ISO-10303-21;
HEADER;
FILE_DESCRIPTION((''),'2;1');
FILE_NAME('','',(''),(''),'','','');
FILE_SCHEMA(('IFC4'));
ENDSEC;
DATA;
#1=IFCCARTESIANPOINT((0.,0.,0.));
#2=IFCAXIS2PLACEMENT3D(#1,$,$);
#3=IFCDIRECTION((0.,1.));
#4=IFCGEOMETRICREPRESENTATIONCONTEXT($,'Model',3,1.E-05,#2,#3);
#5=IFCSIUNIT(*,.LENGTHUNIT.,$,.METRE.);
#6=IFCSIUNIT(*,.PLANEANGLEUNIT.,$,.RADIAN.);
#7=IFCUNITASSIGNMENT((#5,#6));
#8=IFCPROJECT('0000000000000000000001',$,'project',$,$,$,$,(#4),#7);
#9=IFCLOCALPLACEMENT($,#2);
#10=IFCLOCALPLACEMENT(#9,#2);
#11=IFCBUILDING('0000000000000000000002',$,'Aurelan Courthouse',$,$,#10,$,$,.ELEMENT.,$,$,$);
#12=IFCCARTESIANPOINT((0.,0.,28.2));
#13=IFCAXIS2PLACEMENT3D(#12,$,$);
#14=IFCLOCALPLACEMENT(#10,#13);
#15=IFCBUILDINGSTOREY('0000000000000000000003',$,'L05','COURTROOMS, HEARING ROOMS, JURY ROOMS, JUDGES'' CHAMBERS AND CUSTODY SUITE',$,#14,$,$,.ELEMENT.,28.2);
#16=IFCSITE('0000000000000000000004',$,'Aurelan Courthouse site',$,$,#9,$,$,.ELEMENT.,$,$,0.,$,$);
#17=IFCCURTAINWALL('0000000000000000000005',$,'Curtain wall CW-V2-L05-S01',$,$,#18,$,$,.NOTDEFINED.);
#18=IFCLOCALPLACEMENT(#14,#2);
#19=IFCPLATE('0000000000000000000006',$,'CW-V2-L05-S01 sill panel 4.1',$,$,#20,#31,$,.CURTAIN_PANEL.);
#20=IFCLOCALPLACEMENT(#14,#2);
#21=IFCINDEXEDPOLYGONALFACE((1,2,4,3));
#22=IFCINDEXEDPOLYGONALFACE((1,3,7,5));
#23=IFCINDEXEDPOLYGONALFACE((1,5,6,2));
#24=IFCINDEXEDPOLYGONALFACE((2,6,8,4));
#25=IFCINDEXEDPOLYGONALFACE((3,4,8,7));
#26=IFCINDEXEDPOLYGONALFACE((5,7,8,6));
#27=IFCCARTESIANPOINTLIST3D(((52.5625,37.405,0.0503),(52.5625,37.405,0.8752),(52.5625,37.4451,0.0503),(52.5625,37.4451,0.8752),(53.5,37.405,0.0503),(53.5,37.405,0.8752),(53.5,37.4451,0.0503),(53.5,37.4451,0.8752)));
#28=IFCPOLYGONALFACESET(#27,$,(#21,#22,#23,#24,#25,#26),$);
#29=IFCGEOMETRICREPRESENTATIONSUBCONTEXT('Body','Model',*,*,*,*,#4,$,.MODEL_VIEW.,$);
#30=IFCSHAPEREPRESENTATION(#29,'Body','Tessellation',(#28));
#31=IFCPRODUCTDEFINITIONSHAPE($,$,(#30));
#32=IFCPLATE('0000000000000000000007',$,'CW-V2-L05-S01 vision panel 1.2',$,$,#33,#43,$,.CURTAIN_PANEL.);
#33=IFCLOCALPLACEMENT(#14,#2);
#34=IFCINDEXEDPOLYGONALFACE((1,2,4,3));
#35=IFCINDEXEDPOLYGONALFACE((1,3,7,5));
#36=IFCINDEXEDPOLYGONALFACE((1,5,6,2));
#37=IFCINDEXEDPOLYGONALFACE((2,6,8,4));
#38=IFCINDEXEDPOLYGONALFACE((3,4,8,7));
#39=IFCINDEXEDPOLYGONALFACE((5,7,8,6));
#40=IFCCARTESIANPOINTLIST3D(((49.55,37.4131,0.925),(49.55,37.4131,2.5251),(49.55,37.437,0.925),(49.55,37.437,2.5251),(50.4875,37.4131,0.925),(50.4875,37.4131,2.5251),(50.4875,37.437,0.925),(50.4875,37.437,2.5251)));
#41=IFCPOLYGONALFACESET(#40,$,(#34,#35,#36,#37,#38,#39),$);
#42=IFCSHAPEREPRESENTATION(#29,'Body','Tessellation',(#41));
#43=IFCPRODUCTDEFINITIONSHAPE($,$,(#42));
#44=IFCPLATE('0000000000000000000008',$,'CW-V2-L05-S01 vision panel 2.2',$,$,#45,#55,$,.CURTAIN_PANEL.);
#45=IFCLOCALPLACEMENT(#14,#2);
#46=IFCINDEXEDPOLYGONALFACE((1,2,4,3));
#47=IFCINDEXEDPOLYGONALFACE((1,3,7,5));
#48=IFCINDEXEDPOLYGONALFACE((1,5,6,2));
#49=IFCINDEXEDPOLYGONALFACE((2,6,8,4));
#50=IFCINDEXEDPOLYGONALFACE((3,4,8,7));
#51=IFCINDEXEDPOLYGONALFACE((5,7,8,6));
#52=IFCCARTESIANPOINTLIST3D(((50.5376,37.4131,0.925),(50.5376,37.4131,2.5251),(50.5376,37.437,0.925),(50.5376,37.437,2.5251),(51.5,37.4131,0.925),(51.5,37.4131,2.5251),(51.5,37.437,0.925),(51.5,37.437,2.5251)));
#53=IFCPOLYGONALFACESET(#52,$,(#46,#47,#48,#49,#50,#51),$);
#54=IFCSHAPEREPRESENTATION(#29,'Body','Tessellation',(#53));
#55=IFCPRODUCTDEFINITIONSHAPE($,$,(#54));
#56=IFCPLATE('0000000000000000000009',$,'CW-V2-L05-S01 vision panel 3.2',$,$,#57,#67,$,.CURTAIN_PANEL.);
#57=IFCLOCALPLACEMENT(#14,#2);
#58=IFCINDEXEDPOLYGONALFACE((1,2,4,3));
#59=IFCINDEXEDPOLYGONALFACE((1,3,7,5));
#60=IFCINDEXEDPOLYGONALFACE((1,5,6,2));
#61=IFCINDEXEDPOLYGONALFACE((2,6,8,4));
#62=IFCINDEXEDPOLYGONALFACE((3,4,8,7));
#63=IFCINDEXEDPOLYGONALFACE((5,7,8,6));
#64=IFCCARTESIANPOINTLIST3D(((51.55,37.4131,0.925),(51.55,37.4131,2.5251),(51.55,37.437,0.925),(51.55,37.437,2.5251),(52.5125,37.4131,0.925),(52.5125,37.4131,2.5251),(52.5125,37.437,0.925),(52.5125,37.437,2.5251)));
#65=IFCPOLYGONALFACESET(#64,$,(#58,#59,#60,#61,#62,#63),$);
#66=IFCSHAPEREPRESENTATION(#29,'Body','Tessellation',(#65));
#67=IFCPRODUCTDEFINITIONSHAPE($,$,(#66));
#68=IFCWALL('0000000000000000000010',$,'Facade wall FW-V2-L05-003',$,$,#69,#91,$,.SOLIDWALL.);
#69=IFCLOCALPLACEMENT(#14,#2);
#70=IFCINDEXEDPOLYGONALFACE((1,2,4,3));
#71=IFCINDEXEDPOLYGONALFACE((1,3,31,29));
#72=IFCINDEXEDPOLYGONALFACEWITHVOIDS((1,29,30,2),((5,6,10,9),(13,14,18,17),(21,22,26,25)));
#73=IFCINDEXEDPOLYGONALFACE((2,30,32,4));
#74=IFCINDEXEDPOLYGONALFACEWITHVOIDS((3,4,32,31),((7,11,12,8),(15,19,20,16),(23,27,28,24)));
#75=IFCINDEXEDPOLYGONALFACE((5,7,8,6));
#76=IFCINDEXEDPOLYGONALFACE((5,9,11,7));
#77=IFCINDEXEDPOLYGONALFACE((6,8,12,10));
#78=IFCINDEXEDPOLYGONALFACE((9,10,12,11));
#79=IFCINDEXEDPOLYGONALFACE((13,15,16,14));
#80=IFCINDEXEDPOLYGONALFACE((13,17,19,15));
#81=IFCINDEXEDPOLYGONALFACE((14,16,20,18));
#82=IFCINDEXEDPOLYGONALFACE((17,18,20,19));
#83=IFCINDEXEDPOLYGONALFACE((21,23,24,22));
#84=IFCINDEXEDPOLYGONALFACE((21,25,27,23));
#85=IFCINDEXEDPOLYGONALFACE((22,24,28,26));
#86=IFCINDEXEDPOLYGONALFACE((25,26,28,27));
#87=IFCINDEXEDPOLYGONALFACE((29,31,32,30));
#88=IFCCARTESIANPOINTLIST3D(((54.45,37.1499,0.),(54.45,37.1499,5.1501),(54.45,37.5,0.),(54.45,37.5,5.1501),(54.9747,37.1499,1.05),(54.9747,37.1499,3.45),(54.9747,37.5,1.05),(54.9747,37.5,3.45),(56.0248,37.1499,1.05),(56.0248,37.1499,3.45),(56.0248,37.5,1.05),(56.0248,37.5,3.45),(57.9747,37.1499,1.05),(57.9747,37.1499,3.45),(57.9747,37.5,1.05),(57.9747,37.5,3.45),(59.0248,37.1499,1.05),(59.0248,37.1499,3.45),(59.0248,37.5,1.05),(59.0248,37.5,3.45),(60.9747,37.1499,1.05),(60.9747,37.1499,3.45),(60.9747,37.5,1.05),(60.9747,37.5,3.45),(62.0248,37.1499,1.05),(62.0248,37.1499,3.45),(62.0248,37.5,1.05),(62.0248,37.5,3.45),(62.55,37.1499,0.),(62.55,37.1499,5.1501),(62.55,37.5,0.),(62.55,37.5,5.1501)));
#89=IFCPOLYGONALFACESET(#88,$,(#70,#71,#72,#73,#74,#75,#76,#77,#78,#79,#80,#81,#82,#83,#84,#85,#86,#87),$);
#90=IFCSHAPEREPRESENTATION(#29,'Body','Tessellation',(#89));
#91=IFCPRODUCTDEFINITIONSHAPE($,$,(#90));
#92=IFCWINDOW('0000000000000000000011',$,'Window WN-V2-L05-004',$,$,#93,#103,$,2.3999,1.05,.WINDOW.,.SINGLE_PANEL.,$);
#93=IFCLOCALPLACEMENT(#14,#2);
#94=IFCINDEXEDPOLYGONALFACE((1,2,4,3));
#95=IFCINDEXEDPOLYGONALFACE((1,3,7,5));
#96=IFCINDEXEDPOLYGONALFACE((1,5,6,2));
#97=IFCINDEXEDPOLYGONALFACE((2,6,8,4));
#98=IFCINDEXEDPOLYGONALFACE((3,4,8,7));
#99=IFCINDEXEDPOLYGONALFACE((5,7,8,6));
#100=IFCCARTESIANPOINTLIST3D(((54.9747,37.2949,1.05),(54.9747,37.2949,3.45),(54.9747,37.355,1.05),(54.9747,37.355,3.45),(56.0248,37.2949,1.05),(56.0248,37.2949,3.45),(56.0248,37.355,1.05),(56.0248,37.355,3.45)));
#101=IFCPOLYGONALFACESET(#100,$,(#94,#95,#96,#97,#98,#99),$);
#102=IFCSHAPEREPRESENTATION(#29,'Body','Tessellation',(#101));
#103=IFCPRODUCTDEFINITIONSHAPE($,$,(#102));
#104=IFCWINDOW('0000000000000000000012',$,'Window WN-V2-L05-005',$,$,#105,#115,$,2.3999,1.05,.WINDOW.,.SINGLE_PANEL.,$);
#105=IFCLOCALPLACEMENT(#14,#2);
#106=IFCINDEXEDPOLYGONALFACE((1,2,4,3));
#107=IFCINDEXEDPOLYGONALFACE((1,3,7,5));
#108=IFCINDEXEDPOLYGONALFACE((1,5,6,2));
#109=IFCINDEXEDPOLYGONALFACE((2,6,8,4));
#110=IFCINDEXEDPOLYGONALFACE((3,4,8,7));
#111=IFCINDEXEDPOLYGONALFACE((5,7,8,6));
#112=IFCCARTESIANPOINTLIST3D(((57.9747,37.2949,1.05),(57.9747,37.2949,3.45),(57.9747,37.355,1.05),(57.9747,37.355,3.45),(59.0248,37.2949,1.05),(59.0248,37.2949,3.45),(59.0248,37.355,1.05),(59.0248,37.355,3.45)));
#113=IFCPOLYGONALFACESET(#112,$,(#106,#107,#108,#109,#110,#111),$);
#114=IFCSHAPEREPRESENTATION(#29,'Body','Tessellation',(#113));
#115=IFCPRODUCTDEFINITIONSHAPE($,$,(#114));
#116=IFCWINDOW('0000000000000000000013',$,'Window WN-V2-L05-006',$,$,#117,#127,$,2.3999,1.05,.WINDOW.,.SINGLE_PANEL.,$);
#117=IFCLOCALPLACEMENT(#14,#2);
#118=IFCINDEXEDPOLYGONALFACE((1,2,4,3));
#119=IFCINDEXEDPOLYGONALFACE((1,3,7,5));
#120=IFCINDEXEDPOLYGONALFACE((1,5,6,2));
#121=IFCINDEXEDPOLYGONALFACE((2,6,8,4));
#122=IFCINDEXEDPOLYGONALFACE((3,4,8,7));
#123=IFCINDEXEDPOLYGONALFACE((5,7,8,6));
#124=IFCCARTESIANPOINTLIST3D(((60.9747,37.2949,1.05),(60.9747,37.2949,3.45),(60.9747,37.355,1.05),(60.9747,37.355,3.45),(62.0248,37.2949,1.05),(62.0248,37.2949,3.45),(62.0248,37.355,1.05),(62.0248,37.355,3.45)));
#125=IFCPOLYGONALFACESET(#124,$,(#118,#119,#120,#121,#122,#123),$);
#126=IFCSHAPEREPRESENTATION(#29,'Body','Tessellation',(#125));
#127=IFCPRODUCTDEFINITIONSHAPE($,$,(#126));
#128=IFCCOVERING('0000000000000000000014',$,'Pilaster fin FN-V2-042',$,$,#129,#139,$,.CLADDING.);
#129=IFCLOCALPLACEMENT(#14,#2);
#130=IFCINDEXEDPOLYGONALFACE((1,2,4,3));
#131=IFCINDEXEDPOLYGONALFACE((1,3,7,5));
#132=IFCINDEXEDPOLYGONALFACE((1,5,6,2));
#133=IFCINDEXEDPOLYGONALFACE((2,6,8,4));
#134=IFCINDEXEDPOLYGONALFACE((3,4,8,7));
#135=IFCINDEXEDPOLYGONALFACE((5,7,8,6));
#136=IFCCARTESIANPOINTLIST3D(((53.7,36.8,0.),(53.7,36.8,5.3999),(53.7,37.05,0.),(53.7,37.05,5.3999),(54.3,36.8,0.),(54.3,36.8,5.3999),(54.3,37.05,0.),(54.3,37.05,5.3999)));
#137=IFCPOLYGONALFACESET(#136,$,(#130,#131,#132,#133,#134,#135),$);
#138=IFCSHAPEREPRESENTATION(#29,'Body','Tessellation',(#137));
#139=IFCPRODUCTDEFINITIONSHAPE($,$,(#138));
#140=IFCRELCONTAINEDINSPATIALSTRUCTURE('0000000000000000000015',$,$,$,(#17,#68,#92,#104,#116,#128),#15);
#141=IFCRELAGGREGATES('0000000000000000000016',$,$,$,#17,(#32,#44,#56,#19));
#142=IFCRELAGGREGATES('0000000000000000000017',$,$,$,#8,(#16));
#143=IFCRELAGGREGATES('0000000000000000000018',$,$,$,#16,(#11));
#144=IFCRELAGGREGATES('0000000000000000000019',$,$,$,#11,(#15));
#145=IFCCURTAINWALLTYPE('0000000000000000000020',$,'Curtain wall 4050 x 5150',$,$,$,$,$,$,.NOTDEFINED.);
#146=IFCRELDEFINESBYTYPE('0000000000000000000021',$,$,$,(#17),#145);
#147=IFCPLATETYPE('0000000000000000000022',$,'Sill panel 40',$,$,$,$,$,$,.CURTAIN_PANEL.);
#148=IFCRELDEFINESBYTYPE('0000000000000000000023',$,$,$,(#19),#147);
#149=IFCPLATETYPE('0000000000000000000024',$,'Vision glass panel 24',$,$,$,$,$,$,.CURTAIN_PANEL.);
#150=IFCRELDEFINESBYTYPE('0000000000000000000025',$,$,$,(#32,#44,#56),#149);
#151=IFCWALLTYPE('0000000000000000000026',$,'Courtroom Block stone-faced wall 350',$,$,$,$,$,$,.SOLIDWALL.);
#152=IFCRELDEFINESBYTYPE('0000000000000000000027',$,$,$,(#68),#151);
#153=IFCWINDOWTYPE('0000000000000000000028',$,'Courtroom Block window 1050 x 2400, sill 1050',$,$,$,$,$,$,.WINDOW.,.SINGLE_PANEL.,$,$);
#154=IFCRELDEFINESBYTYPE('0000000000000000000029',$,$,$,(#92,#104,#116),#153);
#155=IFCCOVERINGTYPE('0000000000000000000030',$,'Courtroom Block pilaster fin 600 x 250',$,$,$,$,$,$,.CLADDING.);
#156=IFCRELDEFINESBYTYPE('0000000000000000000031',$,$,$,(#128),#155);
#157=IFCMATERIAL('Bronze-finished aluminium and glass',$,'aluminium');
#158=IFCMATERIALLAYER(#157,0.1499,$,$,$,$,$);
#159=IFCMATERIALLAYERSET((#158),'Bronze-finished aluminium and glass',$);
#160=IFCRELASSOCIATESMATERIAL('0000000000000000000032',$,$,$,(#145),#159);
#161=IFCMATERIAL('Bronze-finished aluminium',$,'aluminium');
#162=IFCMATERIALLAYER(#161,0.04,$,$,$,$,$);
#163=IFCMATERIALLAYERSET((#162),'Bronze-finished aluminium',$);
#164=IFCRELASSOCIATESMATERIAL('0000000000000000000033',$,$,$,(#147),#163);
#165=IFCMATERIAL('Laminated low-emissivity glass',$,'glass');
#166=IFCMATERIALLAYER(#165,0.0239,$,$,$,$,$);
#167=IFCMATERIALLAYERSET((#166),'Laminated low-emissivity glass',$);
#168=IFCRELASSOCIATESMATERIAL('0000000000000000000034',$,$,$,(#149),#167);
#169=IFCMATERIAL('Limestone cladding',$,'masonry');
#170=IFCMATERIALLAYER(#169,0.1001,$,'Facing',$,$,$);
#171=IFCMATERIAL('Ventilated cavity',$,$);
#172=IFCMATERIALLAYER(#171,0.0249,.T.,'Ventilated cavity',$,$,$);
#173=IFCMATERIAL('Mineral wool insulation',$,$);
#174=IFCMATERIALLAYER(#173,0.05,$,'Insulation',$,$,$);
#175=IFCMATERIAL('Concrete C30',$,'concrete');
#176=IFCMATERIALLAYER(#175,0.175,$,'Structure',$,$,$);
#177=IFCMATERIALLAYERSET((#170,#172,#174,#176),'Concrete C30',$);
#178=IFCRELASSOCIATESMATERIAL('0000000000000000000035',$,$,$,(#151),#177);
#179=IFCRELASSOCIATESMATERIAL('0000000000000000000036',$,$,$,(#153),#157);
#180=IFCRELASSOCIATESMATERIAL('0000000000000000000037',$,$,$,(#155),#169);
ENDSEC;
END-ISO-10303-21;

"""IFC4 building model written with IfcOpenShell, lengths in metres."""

from ifc_helpers import new_model, si_unit, direction, frame, frame_2d, origin, origin_2d, place, context, subcontext, project, spatial, rectangle, extrude, material, layer, layer_set, type_object, element, fill, aggregate, save


model = new_model("IFC4")

# Units and contexts
model_context = context("Model", 3, precision=1e-05, world=origin(), true_north=direction((0.0, 1.0)))
body_context = subcontext(model_context, "Body", "Model", "MODEL_VIEW")
ifc_project = project(units=[si_unit("LENGTHUNIT", "METRE"), si_unit("PLANEANGLEUNIT", "RADIAN")], contexts=[model_context])

# Site, building, storey
site_placement = place(None, origin())
site = spatial("IfcSite", under=ifc_project, at=site_placement, Name="Aurelan Courthouse site", CompositionType="ELEMENT", RefElevation=0.0)
building_placement = place(site_placement, origin())
building = spatial("IfcBuilding", under=site, at=building_placement, Name="Aurelan Courthouse", CompositionType="ELEMENT")
storey_placement = place(building_placement, frame((0.0, 0.0, 28.2)))
storey = spatial("IfcBuildingStorey", under=building, at=storey_placement, Name="L05", Description="COURTROOMS, HEARING ROOMS, JURY ROOMS, JUDGES' CHAMBERS AND CUSTODY SUITE", CompositionType="ELEMENT", Elevation=28.2)

# Curtain wall, plates
ifc_material_1 = material(Name="Bronze-finished aluminium and glass", Category="aluminium")
ifc_layer_1 = layer(ifc_material_1, 0.1499)
ifc_layer_set_1 = layer_set([ifc_layer_1], Name="Bronze-finished aluminium and glass")
curtain_wall_type = type_object("IfcCurtainWallType", Name="Curtain wall 4050 x 5150", PredefinedType="NOTDEFINED", material=ifc_layer_set_1)
curtain_wall_placement = place(storey_placement, origin())
curtain_wall = element("IfcCurtainWall", 1, at=curtain_wall_placement, inside=storey, type_object=curtain_wall_type, Name="Curtain wall CW-V2-L05-S01", PredefinedType="NOTDEFINED")
ifc_material_2 = material(Name="Bronze-finished aluminium", Category="aluminium")
ifc_layer_2 = layer(ifc_material_2, 0.04)
ifc_layer_set_2 = layer_set([ifc_layer_2], Name="Bronze-finished aluminium")
plate_type_1 = type_object("IfcPlateType", Name="Sill panel 40", PredefinedType="CURTAIN_PANEL", material=ifc_layer_set_2)
plate_1_placement = place(storey_placement, frame((53.0312, 37.425, 0.0503), z_axis=(0.0, 0.0, 1.0), x_axis=(1.0, 0.0, 0.0)))
plate_1 = element("IfcPlate", 2, at=plate_1_placement, type_object=plate_type_1, Name="CW-V2-L05-S01 sill panel 4.1", PredefinedType="CURTAIN_PANEL", context=body_context, shape_type="SweptSolid", body=[
    extrude(rectangle(XDim=0.9375, YDim=0.04, at=origin_2d()), origin(), (0.0, 0.0, 1.0), 0.825),
])
ifc_material_3 = material(Name="Laminated low-emissivity glass", Category="glass")
ifc_layer_3 = layer(ifc_material_3, 0.0239)
ifc_layer_set_3 = layer_set([ifc_layer_3], Name="Laminated low-emissivity glass")
plate_type_2 = type_object("IfcPlateType", Name="Vision glass panel 24", PredefinedType="CURTAIN_PANEL", material=ifc_layer_set_3)
plate_2_placement = place(storey_placement, frame((50.0188, 37.425, 0.925), z_axis=(0.0, 0.0, 1.0), x_axis=(1.0, 0.0, 0.0)))
plate_2 = element("IfcPlate", 3, at=plate_2_placement, type_object=plate_type_2, Name="CW-V2-L05-S01 vision panel 1.2", PredefinedType="CURTAIN_PANEL", context=body_context, shape_type="SweptSolid", body=[
    extrude(rectangle(XDim=0.9375, YDim=0.0239, at=origin_2d()), origin(), (0.0, 0.0, 1.0), 1.6001),
])
plate_3_placement = place(storey_placement, frame((51.0188, 37.425, 0.925), z_axis=(0.0, 0.0, 1.0), x_axis=(1.0, 0.0, 0.0)))
plate_3 = element("IfcPlate", 4, at=plate_3_placement, type_object=plate_type_2, Name="CW-V2-L05-S01 vision panel 2.2", PredefinedType="CURTAIN_PANEL", context=body_context, shape_type="SweptSolid", body=[
    extrude(rectangle(XDim=0.9624, YDim=0.0239, at=origin_2d()), origin(), (0.0, 0.0, 1.0), 1.6001),
])
plate_4_placement = place(storey_placement, frame((52.0312, 37.425, 0.925), z_axis=(0.0, 0.0, 1.0), x_axis=(1.0, 0.0, 0.0)))
plate_4 = element("IfcPlate", 5, at=plate_4_placement, type_object=plate_type_2, Name="CW-V2-L05-S01 vision panel 3.2", PredefinedType="CURTAIN_PANEL", context=body_context, shape_type="SweptSolid", body=[
    extrude(rectangle(XDim=0.9624, YDim=0.0239, at=origin_2d()), origin(), (0.0, 0.0, 1.0), 1.6001),
])
aggregate(curtain_wall, [plate_2, plate_3, plate_4, plate_1])

# Wall, openings, windows
ifc_material_4 = material(Name="Limestone cladding", Category="masonry")
ifc_layer_4 = layer(ifc_material_4, 0.1001, Name="Facing")
ifc_material_5 = material(Name="Ventilated cavity")
ifc_layer_5 = layer(ifc_material_5, 0.0249, ventilated=True, Name="Ventilated cavity")
ifc_material_6 = material(Name="Mineral wool insulation")
ifc_layer_6 = layer(ifc_material_6, 0.05, Name="Insulation")
ifc_material_7 = material(Name="Concrete C30", Category="concrete")
ifc_layer_7 = layer(ifc_material_7, 0.175, Name="Structure")
ifc_layer_set_4 = layer_set([ifc_layer_4, ifc_layer_5, ifc_layer_6, ifc_layer_7], Name="Concrete C30")
wall_type = type_object("IfcWallType", Name="Courtroom Block stone-faced wall 350", PredefinedType="SOLIDWALL", material=ifc_layer_set_4)
wall_placement = place(storey_placement, frame((54.45, 37.325, 0.0), z_axis=(0.0, 0.0, 1.0), x_axis=(1.0, 0.0, 0.0)))
wall = element("IfcWall", 6, at=wall_placement, inside=storey, type_object=wall_type, Name="Facade wall FW-V2-L05-003", PredefinedType="SOLIDWALL", context=body_context, shape_type="SweptSolid", body=[
    extrude(rectangle(XDim=8.1001, YDim=0.3501, at=frame_2d((4.05, 0.0))), origin(), (0.0, 0.0, 1.0), 5.1501),
])
opening_1_placement = place(wall_placement, frame((0.5249, 0.0, 1.05)))
opening_1 = element("IfcOpeningElement", 7, at=opening_1_placement, cuts=wall, PredefinedType="OPENING", context=body_context, shape_type="SweptSolid", body=[
    extrude(rectangle(XDim=1.05, YDim=2.3999, at=frame_2d((0.5249, 1.2))), frame((0.0, 0.1851, 0.0), z_axis=(0.0, -1.0, 0.0), x_axis=(1.0, 0.0, 0.0)), (0.0, 0.0, 1.0), 0.3701),
])
opening_2_placement = place(wall_placement, frame((3.5249, 0.0, 1.05)))
opening_2 = element("IfcOpeningElement", 8, at=opening_2_placement, cuts=wall, PredefinedType="OPENING", context=body_context, shape_type="SweptSolid", body=[
    extrude(rectangle(XDim=1.05, YDim=2.3999, at=frame_2d((0.5249, 1.2))), frame((0.0, 0.1851, 0.0), z_axis=(0.0, -1.0, 0.0), x_axis=(1.0, 0.0, 0.0)), (0.0, 0.0, 1.0), 0.3701),
])
opening_3_placement = place(wall_placement, frame((6.5249, 0.0, 1.05)))
opening_3 = element("IfcOpeningElement", 9, at=opening_3_placement, cuts=wall, PredefinedType="OPENING", context=body_context, shape_type="SweptSolid", body=[
    extrude(rectangle(XDim=1.05, YDim=2.3999, at=frame_2d((0.5249, 1.2))), frame((0.0, 0.1851, 0.0), z_axis=(0.0, -1.0, 0.0), x_axis=(1.0, 0.0, 0.0)), (0.0, 0.0, 1.0), 0.3701),
])
window_type = type_object("IfcWindowType", Name="Courtroom Block window 1050 x 2400, sill 1050", PartitioningType="SINGLE_PANEL", PredefinedType="WINDOW", material=ifc_material_1)
window_1_placement = place(opening_1_placement, origin())
window_1 = element("IfcWindow", 10, at=window_1_placement, inside=storey, type_object=window_type, Name="Window WN-V2-L05-004", OverallHeight=2.3999, OverallWidth=1.05, PartitioningType="SINGLE_PANEL", PredefinedType="WINDOW", context=body_context, shape_type="SweptSolid", body=[
    extrude(rectangle(XDim=1.05, YDim=2.3999, at=frame_2d((0.5249, 1.2))), frame((0.0, 0.03, 0.0), z_axis=(0.0, -1.0, 0.0), x_axis=(1.0, 0.0, 0.0)), (0.0, 0.0, 1.0), 0.0601),
])
fill(opening_1, window_1)
window_2_placement = place(opening_2_placement, origin())
window_2 = element("IfcWindow", 11, at=window_2_placement, inside=storey, type_object=window_type, Name="Window WN-V2-L05-005", OverallHeight=2.3999, OverallWidth=1.05, PartitioningType="SINGLE_PANEL", PredefinedType="WINDOW", context=body_context, shape_type="SweptSolid", body=[
    extrude(rectangle(XDim=1.05, YDim=2.3999, at=frame_2d((0.5249, 1.2))), frame((0.0, 0.03, 0.0), z_axis=(0.0, -1.0, 0.0), x_axis=(1.0, 0.0, 0.0)), (0.0, 0.0, 1.0), 0.0601),
])
fill(opening_2, window_2)
window_3_placement = place(opening_3_placement, origin())
window_3 = element("IfcWindow", 12, at=window_3_placement, inside=storey, type_object=window_type, Name="Window WN-V2-L05-006", OverallHeight=2.3999, OverallWidth=1.05, PartitioningType="SINGLE_PANEL", PredefinedType="WINDOW", context=body_context, shape_type="SweptSolid", body=[
    extrude(rectangle(XDim=1.05, YDim=2.3999, at=frame_2d((0.5249, 1.2))), frame((0.0, 0.03, 0.0), z_axis=(0.0, -1.0, 0.0), x_axis=(1.0, 0.0, 0.0)), (0.0, 0.0, 1.0), 0.0601),
])
fill(opening_3, window_3)

# Covering
covering_type = type_object("IfcCoveringType", Name="Courtroom Block pilaster fin 600 x 250", PredefinedType="CLADDING", material=ifc_material_4)
covering_placement = place(storey_placement, frame((54.0, 36.925, 0.0), z_axis=(0.0, 0.0, 1.0), x_axis=(1.0, 0.0, 0.0)))
element("IfcCovering", 13, at=covering_placement, inside=storey, type_object=covering_type, Name="Pilaster fin FN-V2-042", PredefinedType="CLADDING", context=body_context, shape_type="SweptSolid", body=[
    extrude(rectangle(XDim=0.6001, YDim=0.25, at=origin_2d()), origin(), (0.0, 0.0, 1.0), 5.3999),
])

save(model, "model.ifc")
